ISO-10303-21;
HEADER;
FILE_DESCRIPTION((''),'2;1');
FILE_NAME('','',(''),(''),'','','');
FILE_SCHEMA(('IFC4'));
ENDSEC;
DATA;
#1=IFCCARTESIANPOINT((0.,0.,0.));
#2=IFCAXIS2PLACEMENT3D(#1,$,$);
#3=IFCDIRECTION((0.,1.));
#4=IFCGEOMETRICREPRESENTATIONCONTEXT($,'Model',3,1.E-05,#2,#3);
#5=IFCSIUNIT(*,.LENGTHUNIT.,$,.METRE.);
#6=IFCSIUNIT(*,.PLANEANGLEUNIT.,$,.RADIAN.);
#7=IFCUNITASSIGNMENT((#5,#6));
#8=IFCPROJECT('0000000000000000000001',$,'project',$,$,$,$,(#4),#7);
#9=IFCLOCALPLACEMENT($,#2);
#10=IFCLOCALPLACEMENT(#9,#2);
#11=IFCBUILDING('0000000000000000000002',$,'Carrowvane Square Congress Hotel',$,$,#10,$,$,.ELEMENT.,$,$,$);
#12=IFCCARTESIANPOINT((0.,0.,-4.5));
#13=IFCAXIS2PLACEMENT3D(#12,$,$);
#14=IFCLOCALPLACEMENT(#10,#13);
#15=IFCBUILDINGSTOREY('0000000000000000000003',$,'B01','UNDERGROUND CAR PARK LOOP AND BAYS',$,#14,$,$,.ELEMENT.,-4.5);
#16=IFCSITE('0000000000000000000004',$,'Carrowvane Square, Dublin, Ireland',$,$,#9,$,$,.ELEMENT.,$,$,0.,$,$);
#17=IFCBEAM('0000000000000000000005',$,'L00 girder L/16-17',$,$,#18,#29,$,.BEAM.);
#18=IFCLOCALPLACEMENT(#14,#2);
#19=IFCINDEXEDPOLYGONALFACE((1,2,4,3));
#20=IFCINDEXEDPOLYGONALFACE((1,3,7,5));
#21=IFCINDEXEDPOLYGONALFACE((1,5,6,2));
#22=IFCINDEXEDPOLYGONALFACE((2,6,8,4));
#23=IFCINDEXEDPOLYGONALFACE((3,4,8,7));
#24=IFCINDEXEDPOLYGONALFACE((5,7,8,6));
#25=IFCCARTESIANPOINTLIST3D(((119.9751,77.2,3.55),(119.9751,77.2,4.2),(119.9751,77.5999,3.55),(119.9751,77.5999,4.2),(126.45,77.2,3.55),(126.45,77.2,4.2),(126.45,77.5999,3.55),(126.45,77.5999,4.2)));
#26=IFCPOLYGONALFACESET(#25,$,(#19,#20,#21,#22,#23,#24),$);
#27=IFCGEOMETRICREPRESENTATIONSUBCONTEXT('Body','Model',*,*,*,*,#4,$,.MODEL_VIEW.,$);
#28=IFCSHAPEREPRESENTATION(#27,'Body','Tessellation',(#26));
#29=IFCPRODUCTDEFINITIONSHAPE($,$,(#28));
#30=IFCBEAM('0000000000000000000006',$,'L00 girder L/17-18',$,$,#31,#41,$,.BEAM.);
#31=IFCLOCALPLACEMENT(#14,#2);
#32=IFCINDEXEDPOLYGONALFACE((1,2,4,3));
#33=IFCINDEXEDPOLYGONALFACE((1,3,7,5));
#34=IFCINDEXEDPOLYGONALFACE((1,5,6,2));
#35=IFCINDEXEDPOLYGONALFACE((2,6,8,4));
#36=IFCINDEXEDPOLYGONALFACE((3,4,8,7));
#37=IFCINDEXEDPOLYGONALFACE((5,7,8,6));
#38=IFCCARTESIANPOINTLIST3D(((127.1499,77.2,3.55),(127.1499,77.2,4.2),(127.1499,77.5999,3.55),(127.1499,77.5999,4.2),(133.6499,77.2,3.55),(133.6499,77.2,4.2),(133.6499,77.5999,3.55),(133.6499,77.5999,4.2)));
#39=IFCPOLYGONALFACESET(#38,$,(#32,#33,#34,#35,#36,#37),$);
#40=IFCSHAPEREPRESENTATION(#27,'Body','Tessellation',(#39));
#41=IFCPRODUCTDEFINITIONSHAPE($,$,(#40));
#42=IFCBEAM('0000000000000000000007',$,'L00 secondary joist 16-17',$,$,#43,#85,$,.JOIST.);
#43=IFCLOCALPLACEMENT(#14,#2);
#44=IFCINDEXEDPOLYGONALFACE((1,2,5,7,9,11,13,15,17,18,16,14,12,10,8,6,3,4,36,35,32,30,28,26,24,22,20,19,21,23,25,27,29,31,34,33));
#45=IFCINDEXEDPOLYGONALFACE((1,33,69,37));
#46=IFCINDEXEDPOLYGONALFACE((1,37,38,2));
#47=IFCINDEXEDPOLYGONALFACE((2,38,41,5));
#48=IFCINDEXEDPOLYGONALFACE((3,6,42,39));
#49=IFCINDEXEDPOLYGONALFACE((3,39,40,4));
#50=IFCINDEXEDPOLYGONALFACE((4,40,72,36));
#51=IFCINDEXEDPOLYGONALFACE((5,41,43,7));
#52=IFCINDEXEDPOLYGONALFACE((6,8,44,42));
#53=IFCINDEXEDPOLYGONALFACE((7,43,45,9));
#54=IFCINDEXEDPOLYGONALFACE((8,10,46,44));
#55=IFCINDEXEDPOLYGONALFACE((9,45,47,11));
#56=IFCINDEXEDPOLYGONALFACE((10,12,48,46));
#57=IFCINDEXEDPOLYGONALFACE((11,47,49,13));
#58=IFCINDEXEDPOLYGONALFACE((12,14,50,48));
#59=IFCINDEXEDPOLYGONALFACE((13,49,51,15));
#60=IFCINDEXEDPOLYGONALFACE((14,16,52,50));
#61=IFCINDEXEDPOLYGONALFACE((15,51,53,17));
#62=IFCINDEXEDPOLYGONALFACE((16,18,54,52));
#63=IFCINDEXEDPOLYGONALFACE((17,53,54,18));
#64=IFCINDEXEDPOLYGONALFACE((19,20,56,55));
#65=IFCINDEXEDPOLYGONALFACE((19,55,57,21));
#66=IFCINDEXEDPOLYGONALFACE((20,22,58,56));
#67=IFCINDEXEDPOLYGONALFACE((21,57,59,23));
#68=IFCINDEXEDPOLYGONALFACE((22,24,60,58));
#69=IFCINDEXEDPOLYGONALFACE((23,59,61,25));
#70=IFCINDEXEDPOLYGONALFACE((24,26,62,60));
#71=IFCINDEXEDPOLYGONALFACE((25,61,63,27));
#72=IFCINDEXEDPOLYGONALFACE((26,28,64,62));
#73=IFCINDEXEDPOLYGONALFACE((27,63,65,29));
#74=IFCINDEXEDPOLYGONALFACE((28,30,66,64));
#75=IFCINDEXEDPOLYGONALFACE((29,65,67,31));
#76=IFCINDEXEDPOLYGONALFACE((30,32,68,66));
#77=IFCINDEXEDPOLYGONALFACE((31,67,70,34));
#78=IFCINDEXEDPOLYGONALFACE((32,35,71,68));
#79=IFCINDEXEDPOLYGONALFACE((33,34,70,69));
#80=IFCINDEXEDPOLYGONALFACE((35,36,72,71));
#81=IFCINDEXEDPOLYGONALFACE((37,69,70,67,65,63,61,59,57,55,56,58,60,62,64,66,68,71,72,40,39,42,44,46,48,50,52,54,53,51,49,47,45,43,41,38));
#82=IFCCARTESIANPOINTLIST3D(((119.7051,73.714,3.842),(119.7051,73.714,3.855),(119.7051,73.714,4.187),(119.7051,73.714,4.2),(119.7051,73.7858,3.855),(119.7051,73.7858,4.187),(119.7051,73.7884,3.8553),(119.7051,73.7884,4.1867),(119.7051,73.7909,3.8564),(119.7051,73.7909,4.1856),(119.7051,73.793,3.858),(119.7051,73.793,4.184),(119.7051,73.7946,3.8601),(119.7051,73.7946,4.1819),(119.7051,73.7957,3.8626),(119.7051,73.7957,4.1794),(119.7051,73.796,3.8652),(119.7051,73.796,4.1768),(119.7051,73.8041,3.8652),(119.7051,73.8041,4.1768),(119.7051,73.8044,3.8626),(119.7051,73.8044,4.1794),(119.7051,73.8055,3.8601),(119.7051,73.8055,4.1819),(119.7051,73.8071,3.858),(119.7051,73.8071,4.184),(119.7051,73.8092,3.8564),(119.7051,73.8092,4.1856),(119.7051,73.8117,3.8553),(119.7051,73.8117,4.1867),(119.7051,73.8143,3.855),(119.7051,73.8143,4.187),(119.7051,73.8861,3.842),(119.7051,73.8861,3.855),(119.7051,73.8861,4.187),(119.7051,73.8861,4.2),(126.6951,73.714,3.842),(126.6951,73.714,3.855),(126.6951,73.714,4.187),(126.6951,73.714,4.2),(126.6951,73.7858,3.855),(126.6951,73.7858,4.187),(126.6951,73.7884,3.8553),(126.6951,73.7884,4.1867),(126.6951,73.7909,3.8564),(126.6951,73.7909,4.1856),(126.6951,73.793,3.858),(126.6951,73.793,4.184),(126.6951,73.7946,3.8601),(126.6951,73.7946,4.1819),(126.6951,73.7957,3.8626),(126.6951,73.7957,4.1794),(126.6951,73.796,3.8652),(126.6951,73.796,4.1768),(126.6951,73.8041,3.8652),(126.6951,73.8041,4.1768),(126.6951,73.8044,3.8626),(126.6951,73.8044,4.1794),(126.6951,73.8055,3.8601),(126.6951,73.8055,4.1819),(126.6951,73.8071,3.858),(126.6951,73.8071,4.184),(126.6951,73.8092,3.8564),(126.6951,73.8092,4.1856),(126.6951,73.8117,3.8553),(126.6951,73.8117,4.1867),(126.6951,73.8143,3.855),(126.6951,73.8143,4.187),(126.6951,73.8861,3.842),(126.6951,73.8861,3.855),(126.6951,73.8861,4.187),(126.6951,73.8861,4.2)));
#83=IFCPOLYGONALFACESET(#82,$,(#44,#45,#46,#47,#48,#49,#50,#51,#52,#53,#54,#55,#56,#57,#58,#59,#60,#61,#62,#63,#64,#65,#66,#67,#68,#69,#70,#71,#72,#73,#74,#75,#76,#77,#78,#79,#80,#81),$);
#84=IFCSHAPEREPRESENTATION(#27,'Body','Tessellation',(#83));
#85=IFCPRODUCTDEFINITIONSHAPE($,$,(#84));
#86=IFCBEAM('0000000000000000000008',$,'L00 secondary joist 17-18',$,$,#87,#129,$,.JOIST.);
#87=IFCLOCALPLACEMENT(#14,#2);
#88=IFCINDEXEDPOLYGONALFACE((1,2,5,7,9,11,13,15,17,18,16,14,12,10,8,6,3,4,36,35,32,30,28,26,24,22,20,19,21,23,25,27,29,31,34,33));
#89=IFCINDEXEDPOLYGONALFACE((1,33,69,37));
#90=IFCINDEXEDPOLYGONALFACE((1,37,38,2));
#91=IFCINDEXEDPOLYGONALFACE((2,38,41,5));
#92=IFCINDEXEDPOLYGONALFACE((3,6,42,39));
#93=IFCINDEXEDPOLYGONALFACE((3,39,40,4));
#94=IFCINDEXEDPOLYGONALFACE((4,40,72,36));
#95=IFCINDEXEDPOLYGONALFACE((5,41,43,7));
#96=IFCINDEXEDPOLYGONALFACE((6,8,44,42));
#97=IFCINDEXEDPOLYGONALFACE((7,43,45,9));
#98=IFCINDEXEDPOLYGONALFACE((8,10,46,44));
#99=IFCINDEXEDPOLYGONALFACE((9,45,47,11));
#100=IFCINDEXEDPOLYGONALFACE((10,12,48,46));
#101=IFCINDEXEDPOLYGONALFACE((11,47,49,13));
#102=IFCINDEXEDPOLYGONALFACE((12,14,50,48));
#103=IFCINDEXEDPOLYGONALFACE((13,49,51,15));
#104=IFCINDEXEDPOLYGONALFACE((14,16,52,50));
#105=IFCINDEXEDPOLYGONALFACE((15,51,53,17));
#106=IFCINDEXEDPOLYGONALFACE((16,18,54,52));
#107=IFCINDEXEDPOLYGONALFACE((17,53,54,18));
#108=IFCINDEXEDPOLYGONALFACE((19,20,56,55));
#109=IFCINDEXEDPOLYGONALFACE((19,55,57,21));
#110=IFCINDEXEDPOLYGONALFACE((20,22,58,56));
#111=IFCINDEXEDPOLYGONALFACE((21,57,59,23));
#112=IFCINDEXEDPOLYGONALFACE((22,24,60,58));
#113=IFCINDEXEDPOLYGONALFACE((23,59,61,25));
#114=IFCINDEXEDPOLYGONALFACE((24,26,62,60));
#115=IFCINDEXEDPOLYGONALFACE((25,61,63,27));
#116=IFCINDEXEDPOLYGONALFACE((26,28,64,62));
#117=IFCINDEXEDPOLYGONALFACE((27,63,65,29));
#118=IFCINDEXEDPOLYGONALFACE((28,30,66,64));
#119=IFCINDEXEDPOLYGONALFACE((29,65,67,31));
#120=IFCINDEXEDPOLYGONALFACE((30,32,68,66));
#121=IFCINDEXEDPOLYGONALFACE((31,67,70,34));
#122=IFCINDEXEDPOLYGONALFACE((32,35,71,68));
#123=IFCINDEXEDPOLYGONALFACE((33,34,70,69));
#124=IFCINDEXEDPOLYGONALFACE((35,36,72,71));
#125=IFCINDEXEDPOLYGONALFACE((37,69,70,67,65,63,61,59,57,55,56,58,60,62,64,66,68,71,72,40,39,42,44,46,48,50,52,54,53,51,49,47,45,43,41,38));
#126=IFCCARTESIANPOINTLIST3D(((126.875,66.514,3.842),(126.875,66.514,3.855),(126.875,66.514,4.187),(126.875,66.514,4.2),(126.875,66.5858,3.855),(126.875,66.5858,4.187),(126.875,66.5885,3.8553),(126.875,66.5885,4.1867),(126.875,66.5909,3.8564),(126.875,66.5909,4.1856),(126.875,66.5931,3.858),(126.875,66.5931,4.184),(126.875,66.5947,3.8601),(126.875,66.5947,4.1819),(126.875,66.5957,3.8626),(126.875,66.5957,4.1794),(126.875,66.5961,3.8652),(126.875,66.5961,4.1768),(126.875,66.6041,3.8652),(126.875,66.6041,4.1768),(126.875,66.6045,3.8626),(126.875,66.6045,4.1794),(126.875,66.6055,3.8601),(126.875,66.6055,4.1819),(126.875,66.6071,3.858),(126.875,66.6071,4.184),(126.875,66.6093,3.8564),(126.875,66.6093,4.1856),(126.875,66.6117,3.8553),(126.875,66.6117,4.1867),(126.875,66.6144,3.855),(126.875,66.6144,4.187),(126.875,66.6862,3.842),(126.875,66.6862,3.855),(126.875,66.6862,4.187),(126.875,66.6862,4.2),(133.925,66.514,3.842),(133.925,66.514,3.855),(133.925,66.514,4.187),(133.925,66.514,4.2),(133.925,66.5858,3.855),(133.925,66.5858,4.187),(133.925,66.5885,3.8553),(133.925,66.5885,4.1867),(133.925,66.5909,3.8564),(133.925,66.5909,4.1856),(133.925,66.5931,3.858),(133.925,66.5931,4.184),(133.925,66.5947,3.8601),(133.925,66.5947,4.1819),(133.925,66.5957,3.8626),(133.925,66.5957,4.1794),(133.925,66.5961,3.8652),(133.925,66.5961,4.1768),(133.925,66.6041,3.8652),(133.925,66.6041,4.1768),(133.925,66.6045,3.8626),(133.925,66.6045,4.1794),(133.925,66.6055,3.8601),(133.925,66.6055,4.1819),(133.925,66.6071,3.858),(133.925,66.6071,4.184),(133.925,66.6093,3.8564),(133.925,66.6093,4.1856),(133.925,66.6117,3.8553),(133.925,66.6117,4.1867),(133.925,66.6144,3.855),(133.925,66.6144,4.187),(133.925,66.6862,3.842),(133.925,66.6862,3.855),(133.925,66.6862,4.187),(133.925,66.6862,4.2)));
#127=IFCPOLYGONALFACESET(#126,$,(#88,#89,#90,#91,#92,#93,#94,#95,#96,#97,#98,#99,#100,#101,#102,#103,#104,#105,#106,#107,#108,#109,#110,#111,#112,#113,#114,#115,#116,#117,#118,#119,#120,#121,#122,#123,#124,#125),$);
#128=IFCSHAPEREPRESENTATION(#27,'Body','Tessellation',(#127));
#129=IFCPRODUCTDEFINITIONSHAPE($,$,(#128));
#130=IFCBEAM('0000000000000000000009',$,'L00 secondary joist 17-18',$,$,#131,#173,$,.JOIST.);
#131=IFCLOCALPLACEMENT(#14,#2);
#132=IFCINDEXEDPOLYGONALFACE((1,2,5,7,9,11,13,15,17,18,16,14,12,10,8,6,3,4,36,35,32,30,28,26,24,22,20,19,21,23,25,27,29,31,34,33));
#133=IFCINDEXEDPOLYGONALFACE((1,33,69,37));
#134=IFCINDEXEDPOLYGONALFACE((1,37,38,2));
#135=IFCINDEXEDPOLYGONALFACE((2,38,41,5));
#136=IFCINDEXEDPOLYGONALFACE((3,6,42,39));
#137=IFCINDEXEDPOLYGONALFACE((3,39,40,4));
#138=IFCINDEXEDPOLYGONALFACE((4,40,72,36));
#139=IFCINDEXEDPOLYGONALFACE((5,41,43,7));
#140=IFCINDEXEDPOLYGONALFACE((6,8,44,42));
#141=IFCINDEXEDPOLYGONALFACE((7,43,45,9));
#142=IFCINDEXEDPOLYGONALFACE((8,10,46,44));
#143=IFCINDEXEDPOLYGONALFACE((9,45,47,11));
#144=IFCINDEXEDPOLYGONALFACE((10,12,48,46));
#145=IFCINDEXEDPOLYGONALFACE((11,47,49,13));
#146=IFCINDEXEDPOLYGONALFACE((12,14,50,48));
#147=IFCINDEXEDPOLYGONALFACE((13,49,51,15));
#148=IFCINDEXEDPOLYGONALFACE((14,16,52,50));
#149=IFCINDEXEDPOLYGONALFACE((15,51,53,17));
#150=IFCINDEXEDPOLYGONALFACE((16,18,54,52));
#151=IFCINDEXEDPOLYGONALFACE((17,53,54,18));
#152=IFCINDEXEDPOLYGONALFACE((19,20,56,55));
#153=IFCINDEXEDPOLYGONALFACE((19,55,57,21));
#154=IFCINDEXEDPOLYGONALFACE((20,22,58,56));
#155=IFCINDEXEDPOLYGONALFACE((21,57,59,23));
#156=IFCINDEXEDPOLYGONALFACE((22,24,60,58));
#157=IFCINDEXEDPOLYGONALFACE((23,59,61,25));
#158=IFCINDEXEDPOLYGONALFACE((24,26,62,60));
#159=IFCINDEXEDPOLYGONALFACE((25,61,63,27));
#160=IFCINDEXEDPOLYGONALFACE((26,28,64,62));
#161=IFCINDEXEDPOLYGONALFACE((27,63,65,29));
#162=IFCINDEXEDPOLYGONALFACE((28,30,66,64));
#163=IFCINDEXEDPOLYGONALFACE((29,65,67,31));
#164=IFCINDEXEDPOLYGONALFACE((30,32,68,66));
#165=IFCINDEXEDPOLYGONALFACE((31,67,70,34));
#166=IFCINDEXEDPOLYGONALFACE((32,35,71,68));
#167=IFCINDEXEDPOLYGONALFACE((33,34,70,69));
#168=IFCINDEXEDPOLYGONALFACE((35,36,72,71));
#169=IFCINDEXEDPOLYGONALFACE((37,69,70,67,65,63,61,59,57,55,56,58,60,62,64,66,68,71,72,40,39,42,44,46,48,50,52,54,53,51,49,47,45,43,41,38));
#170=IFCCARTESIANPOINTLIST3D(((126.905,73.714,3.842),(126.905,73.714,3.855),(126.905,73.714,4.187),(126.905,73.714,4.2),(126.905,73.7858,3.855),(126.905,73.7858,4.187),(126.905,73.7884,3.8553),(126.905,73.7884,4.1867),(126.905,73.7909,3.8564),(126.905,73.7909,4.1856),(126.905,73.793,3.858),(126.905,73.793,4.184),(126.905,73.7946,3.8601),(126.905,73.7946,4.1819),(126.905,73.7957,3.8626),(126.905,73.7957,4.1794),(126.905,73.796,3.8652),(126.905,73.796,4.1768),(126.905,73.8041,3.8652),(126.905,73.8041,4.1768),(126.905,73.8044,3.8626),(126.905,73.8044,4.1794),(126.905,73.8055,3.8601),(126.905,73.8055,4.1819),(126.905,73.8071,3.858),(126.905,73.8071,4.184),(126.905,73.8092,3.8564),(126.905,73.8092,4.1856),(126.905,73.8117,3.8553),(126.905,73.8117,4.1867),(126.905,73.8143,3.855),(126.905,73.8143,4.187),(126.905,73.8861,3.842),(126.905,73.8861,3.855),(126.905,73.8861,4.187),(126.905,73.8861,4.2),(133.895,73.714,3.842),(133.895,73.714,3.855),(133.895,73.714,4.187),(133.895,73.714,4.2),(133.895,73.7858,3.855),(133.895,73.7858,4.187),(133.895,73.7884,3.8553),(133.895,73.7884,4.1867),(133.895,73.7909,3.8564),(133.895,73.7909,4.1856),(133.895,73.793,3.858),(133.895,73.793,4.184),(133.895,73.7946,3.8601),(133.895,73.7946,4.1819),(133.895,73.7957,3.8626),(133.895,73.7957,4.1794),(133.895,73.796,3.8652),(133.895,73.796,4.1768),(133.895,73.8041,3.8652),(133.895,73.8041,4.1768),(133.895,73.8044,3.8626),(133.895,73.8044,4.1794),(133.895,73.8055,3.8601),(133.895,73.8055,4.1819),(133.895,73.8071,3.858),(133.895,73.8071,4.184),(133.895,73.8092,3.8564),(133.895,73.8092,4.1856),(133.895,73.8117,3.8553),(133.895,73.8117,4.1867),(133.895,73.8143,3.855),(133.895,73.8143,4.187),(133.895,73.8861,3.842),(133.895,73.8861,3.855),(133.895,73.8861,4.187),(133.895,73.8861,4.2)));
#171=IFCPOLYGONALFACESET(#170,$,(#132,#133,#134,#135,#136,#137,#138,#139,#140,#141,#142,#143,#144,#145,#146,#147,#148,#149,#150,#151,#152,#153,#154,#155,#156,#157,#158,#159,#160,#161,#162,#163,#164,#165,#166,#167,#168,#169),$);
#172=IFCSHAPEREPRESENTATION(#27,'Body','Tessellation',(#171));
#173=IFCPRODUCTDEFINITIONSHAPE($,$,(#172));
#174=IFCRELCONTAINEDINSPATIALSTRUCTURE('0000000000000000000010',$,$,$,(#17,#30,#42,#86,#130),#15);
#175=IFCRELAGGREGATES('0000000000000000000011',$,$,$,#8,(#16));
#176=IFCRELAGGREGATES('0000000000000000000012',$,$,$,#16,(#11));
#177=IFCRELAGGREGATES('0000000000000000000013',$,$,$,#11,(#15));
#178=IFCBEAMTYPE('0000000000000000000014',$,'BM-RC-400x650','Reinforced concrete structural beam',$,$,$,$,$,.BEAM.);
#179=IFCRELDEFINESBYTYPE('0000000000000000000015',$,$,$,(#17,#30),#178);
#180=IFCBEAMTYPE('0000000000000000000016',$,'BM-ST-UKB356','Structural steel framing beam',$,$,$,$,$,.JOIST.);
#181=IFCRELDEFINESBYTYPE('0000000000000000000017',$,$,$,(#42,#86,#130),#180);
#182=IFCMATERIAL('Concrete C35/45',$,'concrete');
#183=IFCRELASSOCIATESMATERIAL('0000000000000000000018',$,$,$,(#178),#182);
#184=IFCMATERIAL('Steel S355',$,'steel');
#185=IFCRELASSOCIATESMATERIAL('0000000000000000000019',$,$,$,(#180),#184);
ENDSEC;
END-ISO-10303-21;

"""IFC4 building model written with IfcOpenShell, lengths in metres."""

from ifc_helpers import new_model, si_unit, direction, frame, origin, origin_2d, place, context, subcontext, project, spatial, rectangle, i_section, extrude, material, material_profile, profile_set, type_object, element, save


model = new_model("IFC4")

# Units and contexts
model_context = context("Model", 3, precision=1e-05, world=origin(), true_north=direction((0.0, 1.0)))
body_context = subcontext(model_context, "Body", "Model", "MODEL_VIEW")
ifc_project = project(units=[si_unit("LENGTHUNIT", "METRE"), si_unit("PLANEANGLEUNIT", "RADIAN")], contexts=[model_context])

# Site, building, storey
site_placement = place(None, origin())
site = spatial("IfcSite", under=ifc_project, at=site_placement, Name="Carrowvane Square, Dublin, Ireland", CompositionType="ELEMENT", RefElevation=0.0)
building_placement = place(site_placement, origin())
building = spatial("IfcBuilding", under=site, at=building_placement, Name="Carrowvane Square Congress Hotel", CompositionType="ELEMENT")
storey_placement = place(building_placement, frame((0.0, 0.0, -4.5)))
storey = spatial("IfcBuildingStorey", under=building, at=storey_placement, Name="B01", Description="UNDERGROUND CAR PARK LOOP AND BAYS", CompositionType="ELEMENT", Elevation=-4.5)

# Beams
ifc_material_1 = material(Name="Concrete C35/45", Category="concrete")
ifc_material_profile_1 = material_profile(ifc_material_1, rectangle(XDim=0.3999, YDim=0.6499, at=origin_2d()), Name="RC 400x650")
ifc_profile_set_1 = profile_set([ifc_material_profile_1], Name="Concrete C35/45")
beam_type_1 = type_object("IfcBeamType", Name="BM-RC-400x650", Description="Reinforced concrete structural beam", PredefinedType="BEAM", material=ifc_profile_set_1)
beam_1_placement = place(storey_placement, frame((119.9751, 77.3999, 3.875), z_axis=(1.0, 0.0, 0.0), x_axis=(0.0, 1.0, 0.0)))
element("IfcBeam", 1, at=beam_1_placement, inside=storey, type_object=beam_type_1, Name="L00 girder L/16-17", PredefinedType="BEAM", context=body_context, shape_type="SweptSolid", body=[
    extrude(rectangle(XDim=0.3999, YDim=0.6499, at=origin_2d()), origin(), (0.0, 0.0, 1.0), 6.4749),
])
beam_2_placement = place(storey_placement, frame((127.1499, 77.3999, 3.875), z_axis=(1.0, 0.0, 0.0), x_axis=(0.0, 1.0, 0.0)))
element("IfcBeam", 2, at=beam_2_placement, inside=storey, type_object=beam_type_1, Name="L00 girder L/17-18", PredefinedType="BEAM", context=body_context, shape_type="SweptSolid", body=[
    extrude(rectangle(XDim=0.3999, YDim=0.6499, at=origin_2d()), origin(), (0.0, 0.0, 1.0), 6.5),
])
ifc_material_2 = material(Name="Steel S355", Category="steel")
ifc_material_profile_2 = material_profile(ifc_material_2, i_section(OverallWidth=0.1721, OverallDepth=0.3579, WebThickness=0.0081, FlangeThickness=0.0129, FilletRadius=0.0103, at=origin_2d()), Name="UKB 356x171x57")
ifc_profile_set_2 = profile_set([ifc_material_profile_2], Name="Steel S355")
beam_type_2 = type_object("IfcBeamType", Name="BM-ST-UKB356", Description="Structural steel framing beam", PredefinedType="JOIST", material=ifc_profile_set_2)
beam_3_placement = place(storey_placement, frame((119.7051, 73.8, 4.021), z_axis=(1.0, 0.0, 0.0), x_axis=(0.0, 1.0, 0.0)))
element("IfcBeam", 3, at=beam_3_placement, inside=storey, type_object=beam_type_2, Name="L00 secondary joist 16-17", PredefinedType="JOIST", context=body_context, shape_type="SweptSolid", body=[
    extrude(i_section(OverallWidth=0.1721, OverallDepth=0.3579, WebThickness=0.0081, FlangeThickness=0.0129, FilletRadius=0.0103, at=origin_2d()), origin(), (0.0, 0.0, 1.0), 6.99),
])
beam_4_placement = place(storey_placement, frame((126.875, 66.6001, 4.021), z_axis=(1.0, 0.0, 0.0), x_axis=(0.0, 1.0, 0.0)))
element("IfcBeam", 4, at=beam_4_placement, inside=storey, type_object=beam_type_2, Name="L00 secondary joist 17-18", PredefinedType="JOIST", context=body_context, shape_type="SweptSolid", body=[
    extrude(i_section(OverallWidth=0.1721, OverallDepth=0.3579, WebThickness=0.0081, FlangeThickness=0.0129, FilletRadius=0.0103, at=origin_2d()), origin(), (0.0, 0.0, 1.0), 7.05),
])
beam_5_placement = place(storey_placement, frame((126.905, 73.8, 4.021), z_axis=(1.0, 0.0, 0.0), x_axis=(0.0, 1.0, 0.0)))
element("IfcBeam", 5, at=beam_5_placement, inside=storey, type_object=beam_type_2, Name="L00 secondary joist 17-18", PredefinedType="JOIST", context=body_context, shape_type="SweptSolid", body=[
    extrude(i_section(OverallWidth=0.1721, OverallDepth=0.3579, WebThickness=0.0081, FlangeThickness=0.0129, FilletRadius=0.0103, at=origin_2d()), origin(), (0.0, 0.0, 1.0), 6.99),
])

save(model, "model.ifc")
